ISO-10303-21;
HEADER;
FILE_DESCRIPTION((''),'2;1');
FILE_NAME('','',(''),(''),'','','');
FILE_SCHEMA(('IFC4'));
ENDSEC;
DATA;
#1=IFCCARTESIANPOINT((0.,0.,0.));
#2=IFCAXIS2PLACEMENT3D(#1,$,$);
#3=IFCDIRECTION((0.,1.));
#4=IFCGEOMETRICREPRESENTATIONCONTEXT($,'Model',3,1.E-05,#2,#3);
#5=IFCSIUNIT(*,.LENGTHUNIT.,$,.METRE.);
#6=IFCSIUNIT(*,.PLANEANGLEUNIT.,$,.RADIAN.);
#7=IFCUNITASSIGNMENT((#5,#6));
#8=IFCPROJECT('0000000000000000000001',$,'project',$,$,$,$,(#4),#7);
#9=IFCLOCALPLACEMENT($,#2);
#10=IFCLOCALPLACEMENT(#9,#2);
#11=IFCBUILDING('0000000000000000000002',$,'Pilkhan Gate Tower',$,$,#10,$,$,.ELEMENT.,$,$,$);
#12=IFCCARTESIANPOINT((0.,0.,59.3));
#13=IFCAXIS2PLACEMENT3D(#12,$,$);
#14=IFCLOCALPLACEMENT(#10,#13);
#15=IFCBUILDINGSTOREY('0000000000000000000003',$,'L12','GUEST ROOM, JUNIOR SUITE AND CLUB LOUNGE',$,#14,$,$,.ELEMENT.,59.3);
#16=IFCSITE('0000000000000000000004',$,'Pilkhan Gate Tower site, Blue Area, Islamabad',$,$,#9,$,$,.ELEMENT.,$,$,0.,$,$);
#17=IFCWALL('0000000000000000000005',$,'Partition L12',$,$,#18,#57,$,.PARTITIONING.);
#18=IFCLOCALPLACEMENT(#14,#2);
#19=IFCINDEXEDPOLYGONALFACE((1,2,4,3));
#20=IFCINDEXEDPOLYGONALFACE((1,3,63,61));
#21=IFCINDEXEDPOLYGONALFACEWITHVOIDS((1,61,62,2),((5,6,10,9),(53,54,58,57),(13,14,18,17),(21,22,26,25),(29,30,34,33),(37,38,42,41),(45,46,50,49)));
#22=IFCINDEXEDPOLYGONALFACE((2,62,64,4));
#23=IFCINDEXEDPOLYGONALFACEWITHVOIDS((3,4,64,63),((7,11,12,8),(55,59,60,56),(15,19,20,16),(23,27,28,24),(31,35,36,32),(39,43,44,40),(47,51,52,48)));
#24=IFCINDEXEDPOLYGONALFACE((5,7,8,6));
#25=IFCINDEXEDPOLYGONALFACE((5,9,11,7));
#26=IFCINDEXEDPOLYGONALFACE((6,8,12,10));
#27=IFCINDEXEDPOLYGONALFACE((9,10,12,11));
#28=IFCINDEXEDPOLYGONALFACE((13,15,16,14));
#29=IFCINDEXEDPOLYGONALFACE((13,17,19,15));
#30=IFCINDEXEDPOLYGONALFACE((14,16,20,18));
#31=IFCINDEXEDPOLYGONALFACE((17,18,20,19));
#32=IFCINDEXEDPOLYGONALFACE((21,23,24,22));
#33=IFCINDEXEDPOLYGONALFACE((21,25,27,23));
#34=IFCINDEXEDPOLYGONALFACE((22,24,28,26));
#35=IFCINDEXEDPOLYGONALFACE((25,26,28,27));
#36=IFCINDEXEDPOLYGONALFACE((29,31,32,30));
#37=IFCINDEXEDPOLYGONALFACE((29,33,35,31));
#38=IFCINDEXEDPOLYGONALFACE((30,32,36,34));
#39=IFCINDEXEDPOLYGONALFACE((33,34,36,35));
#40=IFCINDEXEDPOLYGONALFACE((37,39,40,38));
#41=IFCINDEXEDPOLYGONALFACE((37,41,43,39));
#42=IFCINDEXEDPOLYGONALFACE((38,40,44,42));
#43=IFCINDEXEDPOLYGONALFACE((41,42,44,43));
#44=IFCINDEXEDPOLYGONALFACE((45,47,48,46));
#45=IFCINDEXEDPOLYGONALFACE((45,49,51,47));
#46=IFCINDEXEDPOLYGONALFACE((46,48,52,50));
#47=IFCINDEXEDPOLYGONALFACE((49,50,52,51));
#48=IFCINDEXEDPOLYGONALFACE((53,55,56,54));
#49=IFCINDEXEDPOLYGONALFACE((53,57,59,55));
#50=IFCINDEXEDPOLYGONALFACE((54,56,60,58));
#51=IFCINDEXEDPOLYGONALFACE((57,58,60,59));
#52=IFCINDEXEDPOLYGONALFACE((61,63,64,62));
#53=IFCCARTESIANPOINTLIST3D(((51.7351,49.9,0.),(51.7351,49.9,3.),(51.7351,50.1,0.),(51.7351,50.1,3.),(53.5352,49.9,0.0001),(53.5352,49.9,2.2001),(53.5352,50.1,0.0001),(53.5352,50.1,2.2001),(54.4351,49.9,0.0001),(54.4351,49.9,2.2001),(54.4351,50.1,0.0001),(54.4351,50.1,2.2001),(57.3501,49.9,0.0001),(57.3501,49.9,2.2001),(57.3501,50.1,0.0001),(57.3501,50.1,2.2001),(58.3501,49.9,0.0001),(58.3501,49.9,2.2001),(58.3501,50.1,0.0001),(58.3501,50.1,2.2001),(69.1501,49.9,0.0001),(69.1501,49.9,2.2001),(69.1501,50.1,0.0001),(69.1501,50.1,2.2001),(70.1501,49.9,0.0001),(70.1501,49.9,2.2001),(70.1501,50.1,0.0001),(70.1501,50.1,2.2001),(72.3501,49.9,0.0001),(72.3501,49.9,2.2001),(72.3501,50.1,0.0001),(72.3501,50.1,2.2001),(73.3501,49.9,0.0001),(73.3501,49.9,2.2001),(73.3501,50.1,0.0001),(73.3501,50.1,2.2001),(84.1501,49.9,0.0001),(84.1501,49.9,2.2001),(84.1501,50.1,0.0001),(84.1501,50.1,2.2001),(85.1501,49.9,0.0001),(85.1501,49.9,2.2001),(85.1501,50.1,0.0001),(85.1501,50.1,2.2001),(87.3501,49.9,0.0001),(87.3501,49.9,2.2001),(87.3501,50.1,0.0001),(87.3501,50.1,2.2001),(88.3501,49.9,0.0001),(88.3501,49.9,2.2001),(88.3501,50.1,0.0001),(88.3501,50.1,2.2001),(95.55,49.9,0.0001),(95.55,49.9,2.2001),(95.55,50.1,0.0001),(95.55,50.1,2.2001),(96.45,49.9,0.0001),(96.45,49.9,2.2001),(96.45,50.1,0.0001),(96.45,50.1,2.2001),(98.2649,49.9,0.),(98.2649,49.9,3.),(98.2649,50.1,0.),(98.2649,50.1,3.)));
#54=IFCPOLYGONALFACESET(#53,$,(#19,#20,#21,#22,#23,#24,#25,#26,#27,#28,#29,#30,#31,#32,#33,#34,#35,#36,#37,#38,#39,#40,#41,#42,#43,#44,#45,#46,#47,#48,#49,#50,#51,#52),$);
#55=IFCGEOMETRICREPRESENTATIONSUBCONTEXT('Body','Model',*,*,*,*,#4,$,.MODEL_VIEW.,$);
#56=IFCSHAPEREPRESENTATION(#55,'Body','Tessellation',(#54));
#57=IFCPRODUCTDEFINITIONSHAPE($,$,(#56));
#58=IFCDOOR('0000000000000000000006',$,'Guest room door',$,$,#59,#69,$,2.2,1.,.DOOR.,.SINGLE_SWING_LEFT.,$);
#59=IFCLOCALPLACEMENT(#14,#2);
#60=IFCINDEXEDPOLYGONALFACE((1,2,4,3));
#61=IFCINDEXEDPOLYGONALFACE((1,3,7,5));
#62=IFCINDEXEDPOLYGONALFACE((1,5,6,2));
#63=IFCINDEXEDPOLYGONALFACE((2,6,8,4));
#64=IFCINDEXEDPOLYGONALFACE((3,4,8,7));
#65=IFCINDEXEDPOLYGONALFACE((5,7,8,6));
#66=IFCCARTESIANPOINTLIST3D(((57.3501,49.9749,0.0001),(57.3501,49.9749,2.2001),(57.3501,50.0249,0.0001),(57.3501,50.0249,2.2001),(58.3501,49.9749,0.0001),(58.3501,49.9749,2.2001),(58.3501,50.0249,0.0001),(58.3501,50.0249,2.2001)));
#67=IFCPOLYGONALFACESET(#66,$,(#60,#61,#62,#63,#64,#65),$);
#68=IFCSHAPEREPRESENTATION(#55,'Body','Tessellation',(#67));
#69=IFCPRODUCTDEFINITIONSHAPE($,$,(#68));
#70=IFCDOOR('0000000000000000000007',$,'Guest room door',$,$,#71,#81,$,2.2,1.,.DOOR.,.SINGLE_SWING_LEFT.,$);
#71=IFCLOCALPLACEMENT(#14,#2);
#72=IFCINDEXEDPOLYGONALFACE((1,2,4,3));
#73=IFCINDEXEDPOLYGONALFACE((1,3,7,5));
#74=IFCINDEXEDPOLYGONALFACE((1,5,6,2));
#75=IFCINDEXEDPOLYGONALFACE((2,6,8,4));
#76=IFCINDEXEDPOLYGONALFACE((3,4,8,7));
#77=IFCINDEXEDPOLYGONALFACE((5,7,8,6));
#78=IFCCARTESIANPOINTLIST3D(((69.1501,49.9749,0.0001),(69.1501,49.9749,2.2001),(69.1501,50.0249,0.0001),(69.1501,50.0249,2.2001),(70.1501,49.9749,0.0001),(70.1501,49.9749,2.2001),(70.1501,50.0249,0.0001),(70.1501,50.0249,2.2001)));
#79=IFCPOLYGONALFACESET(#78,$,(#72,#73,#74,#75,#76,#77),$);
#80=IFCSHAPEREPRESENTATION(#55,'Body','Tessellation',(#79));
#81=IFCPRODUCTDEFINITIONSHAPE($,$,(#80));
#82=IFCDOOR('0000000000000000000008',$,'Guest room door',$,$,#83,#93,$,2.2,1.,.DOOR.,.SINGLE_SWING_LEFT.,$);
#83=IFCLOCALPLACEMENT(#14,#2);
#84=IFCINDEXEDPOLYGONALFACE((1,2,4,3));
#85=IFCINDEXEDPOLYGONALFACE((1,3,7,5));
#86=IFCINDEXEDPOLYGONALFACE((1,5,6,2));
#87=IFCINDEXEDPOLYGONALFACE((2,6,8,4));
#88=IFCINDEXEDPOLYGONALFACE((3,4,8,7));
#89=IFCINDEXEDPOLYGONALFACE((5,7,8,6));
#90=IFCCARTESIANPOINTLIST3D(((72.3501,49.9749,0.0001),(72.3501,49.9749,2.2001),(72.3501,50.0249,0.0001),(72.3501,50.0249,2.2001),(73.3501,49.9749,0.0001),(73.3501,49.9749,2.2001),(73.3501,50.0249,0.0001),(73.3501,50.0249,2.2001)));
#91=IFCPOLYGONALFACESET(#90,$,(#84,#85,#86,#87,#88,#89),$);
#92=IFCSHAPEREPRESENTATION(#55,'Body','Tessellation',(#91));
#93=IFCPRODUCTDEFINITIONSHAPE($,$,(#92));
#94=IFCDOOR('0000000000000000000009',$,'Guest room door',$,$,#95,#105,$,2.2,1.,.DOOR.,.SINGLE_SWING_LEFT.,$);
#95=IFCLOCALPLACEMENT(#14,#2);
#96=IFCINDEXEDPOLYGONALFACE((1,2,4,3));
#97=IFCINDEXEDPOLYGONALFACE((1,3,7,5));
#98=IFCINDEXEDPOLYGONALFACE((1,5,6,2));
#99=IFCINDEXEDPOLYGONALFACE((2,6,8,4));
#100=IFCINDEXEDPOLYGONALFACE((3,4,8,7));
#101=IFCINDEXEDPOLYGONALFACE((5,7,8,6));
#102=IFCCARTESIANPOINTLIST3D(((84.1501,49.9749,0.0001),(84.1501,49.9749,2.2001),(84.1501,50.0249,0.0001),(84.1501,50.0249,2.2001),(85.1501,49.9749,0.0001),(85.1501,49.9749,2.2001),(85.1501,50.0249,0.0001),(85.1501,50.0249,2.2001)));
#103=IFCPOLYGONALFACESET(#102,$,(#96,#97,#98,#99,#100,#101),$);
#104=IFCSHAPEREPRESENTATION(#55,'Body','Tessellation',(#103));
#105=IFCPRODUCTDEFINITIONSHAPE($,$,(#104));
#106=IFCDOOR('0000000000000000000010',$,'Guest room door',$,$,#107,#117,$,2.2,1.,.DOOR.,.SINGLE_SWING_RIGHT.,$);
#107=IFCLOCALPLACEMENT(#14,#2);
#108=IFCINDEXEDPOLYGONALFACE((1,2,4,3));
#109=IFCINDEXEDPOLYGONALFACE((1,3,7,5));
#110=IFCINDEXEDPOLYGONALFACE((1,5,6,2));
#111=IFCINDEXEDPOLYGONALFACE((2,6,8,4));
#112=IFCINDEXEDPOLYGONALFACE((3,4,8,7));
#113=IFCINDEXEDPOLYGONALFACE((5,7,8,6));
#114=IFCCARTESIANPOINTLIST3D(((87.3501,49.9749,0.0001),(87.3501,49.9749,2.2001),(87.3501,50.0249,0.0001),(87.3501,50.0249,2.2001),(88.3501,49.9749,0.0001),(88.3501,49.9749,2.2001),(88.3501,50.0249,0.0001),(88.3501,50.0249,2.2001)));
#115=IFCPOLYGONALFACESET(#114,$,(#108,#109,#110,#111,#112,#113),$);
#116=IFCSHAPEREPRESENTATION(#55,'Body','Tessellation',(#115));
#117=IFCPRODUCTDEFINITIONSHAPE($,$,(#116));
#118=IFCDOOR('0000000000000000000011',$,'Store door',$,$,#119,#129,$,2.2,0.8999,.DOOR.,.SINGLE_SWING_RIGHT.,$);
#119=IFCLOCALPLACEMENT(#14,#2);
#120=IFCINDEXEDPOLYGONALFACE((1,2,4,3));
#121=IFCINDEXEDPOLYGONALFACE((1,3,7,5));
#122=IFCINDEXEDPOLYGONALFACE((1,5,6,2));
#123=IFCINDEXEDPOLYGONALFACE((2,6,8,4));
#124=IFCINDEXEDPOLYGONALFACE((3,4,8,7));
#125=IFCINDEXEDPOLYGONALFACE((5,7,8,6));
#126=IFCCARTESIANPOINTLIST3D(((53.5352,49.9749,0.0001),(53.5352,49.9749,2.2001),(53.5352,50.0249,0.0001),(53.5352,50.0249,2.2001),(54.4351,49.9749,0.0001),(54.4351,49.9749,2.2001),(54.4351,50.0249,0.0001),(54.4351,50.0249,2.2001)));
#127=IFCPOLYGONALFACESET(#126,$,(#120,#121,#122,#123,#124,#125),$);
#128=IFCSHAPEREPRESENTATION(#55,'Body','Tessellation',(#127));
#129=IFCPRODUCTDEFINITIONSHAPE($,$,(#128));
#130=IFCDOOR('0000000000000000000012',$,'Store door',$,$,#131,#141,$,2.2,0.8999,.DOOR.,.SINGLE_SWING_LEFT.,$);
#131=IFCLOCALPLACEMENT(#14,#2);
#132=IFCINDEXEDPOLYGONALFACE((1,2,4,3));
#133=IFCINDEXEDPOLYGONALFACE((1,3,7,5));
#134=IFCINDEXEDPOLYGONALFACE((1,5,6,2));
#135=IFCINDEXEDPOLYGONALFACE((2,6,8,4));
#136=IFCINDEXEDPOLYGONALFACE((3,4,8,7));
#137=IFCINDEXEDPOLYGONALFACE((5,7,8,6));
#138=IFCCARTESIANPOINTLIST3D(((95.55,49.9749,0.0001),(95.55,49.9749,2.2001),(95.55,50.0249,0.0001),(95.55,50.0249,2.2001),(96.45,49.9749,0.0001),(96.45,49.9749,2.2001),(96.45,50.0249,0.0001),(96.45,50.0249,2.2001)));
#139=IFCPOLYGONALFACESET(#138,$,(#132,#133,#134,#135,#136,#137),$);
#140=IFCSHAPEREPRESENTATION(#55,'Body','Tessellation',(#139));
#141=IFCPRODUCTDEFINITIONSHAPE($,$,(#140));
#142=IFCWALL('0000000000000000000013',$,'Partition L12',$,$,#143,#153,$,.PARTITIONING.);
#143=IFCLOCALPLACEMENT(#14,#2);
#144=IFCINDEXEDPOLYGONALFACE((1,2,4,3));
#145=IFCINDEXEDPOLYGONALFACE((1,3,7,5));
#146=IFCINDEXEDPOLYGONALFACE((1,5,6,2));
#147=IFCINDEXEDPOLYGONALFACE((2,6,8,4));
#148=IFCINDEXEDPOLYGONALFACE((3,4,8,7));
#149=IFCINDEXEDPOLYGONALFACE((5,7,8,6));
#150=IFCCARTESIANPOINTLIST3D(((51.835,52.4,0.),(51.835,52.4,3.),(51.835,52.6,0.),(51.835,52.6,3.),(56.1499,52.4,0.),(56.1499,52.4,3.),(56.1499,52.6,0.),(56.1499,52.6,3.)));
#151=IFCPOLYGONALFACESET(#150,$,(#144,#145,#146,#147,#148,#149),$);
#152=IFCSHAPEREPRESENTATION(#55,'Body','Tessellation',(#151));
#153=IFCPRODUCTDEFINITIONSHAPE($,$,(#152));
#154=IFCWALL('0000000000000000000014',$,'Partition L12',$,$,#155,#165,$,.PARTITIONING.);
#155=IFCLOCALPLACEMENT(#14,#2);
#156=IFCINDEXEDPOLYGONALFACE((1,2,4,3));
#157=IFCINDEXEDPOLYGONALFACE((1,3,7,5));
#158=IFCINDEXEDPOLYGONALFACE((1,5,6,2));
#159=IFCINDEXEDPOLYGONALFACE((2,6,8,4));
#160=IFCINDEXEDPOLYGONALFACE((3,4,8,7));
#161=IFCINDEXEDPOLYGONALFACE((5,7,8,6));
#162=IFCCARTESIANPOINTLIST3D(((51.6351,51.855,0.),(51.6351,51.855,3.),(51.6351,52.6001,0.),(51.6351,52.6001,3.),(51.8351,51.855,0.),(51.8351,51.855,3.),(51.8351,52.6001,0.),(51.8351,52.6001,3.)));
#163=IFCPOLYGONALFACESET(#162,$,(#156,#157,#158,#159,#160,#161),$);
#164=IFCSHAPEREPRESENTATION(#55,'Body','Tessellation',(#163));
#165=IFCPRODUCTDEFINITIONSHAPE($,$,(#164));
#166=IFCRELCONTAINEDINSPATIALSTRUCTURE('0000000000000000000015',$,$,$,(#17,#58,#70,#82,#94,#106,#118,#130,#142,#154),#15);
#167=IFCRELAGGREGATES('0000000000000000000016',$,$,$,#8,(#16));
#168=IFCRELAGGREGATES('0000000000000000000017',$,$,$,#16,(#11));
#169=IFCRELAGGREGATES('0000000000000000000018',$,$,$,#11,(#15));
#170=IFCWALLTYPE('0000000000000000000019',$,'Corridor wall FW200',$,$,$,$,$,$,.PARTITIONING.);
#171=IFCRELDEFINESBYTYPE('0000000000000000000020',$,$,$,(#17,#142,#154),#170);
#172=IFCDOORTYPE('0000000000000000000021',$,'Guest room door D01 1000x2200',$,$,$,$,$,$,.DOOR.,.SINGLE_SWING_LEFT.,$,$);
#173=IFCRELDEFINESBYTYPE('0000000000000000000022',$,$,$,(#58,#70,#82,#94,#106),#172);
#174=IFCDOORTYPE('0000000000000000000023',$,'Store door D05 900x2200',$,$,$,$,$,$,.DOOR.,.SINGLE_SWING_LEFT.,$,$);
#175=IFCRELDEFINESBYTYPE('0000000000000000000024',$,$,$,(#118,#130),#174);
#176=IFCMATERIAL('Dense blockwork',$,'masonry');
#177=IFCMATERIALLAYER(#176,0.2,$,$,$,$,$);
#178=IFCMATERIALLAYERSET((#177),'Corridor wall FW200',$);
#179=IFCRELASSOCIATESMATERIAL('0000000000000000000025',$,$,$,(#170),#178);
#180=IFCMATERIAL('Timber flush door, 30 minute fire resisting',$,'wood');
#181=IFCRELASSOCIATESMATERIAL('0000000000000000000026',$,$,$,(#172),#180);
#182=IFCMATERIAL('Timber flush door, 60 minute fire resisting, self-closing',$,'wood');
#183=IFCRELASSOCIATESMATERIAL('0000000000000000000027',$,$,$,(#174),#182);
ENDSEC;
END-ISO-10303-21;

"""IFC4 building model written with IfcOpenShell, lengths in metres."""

from ifc_helpers import new_model, si_unit, direction, frame, frame_2d, origin, place, context, subcontext, project, spatial, rectangle, extrude, material, layer, layer_set, type_object, element, fill, save


model = new_model("IFC4")

# Units and contexts
model_context = context("Model", 3, precision=1e-05, world=origin(), true_north=direction((0.0, 1.0)))
body_context = subcontext(model_context, "Body", "Model", "MODEL_VIEW")
ifc_project = project(units=[si_unit("LENGTHUNIT", "METRE"), si_unit("PLANEANGLEUNIT", "RADIAN")], contexts=[model_context])

# Site, building, storey
site_placement = place(None, origin())
site = spatial("IfcSite", under=ifc_project, at=site_placement, Name="Pilkhan Gate Tower site, Blue Area, Islamabad", CompositionType="ELEMENT", RefElevation=0.0)
building_placement = place(site_placement, origin())
building = spatial("IfcBuilding", under=site, at=building_placement, Name="Pilkhan Gate Tower", CompositionType="ELEMENT")
storey_placement = place(building_placement, frame((0.0, 0.0, 59.3)))
storey = spatial("IfcBuildingStorey", under=building, at=storey_placement, Name="L12", Description="GUEST ROOM, JUNIOR SUITE AND CLUB LOUNGE", CompositionType="ELEMENT", Elevation=59.3)

# Wall, openings, doors
ifc_material_1 = material(Name="Dense blockwork", Category="masonry")
ifc_layer_1 = layer(ifc_material_1, 0.2)
ifc_layer_set_1 = layer_set([ifc_layer_1], Name="Corridor wall FW200")
wall_type_1 = type_object("IfcWallType", Name="Corridor wall FW200", PredefinedType="PARTITIONING", material=ifc_layer_set_1)
wall_1_placement = place(storey_placement, frame((51.7351, 50.0, 0.0), z_axis=(0.0, 0.0, 1.0), x_axis=(1.0, 0.0, 0.0)))
wall_1 = element("IfcWall", 1, at=wall_1_placement, inside=storey, type_object=wall_type_1, Name="Partition L12", PredefinedType="PARTITIONING", context=body_context, shape_type="SweptSolid", body=[
    extrude(rectangle(XDim=46.5298, YDim=0.2, at=frame_2d((23.2649, 0.0))), origin(), (0.0, 0.0, 1.0), 3.0),
])
opening_1_placement = place(wall_1_placement, frame((5.615, 0.0, 0.0)))
opening_1 = element("IfcOpeningElement", 2, at=opening_1_placement, cuts=wall_1, PredefinedType="OPENING", context=body_context, shape_type="SweptSolid", body=[
    extrude(rectangle(XDim=1.0, YDim=2.2, at=frame_2d((0.5, 1.1001))), frame((0.0, 0.1099, 0.0), z_axis=(0.0, -1.0, 0.0), x_axis=(1.0, 0.0, 0.0)), (0.0, 0.0, 1.0), 0.22),
])
opening_2_placement = place(wall_1_placement, frame((17.415, 0.0, 0.0)))
opening_2 = element("IfcOpeningElement", 3, at=opening_2_placement, cuts=wall_1, PredefinedType="OPENING", context=body_context, shape_type="SweptSolid", body=[
    extrude(rectangle(XDim=1.0, YDim=2.2, at=frame_2d((0.5, 1.1001))), frame((0.0, 0.1099, 0.0), z_axis=(0.0, -1.0, 0.0), x_axis=(1.0, 0.0, 0.0)), (0.0, 0.0, 1.0), 0.22),
])
opening_3_placement = place(wall_1_placement, frame((20.615, 0.0, 0.0)))
opening_3 = element("IfcOpeningElement", 4, at=opening_3_placement, cuts=wall_1, PredefinedType="OPENING", context=body_context, shape_type="SweptSolid", body=[
    extrude(rectangle(XDim=1.0, YDim=2.2, at=frame_2d((0.5, 1.1001))), frame((0.0, 0.1099, 0.0), z_axis=(0.0, -1.0, 0.0), x_axis=(1.0, 0.0, 0.0)), (0.0, 0.0, 1.0), 0.22),
])
opening_4_placement = place(wall_1_placement, frame((32.415, 0.0, 0.0)))
opening_4 = element("IfcOpeningElement", 5, at=opening_4_placement, cuts=wall_1, PredefinedType="OPENING", context=body_context, shape_type="SweptSolid", body=[
    extrude(rectangle(XDim=1.0, YDim=2.2, at=frame_2d((0.5, 1.1001))), frame((0.0, 0.1099, 0.0), z_axis=(0.0, -1.0, 0.0), x_axis=(1.0, 0.0, 0.0)), (0.0, 0.0, 1.0), 0.22),
])
opening_5_placement = place(wall_1_placement, frame((35.615, 0.0, 0.0)))
opening_5 = element("IfcOpeningElement", 6, at=opening_5_placement, cuts=wall_1, PredefinedType="OPENING", context=body_context, shape_type="SweptSolid", body=[
    extrude(rectangle(XDim=1.0, YDim=2.2, at=frame_2d((0.5, 1.1001))), frame((0.0, 0.1099, 0.0), z_axis=(0.0, -1.0, 0.0), x_axis=(1.0, 0.0, 0.0)), (0.0, 0.0, 1.0), 0.22),
])
opening_6_placement = place(wall_1_placement, frame((1.8, 0.0, 0.0)))
opening_6 = element("IfcOpeningElement", 7, at=opening_6_placement, cuts=wall_1, PredefinedType="OPENING", context=body_context, shape_type="SweptSolid", body=[
    extrude(rectangle(XDim=0.8999, YDim=2.2, at=frame_2d((0.45, 1.1001))), frame((0.0, 0.1099, 0.0), z_axis=(0.0, -1.0, 0.0), x_axis=(1.0, 0.0, 0.0)), (0.0, 0.0, 1.0), 0.22),
])
opening_7_placement = place(wall_1_placement, frame((43.8149, 0.0, 0.0)))
opening_7 = element("IfcOpeningElement", 8, at=opening_7_placement, cuts=wall_1, PredefinedType="OPENING", context=body_context, shape_type="SweptSolid", body=[
    extrude(rectangle(XDim=0.8999, YDim=2.2, at=frame_2d((0.45, 1.1001))), frame((0.0, 0.1099, 0.0), z_axis=(0.0, -1.0, 0.0), x_axis=(1.0, 0.0, 0.0)), (0.0, 0.0, 1.0), 0.22),
])
ifc_material_2 = material(Name="Timber flush door, 30 minute fire resisting", Category="wood")
door_type_1 = type_object("IfcDoorType", Name="Guest room door D01 1000x2200", OperationType="SINGLE_SWING_LEFT", PredefinedType="DOOR", material=ifc_material_2)
door_1_placement = place(opening_1_placement, origin())
door_1 = element("IfcDoor", 9, at=door_1_placement, inside=storey, type_object=door_type_1, Name="Guest room door", OperationType="SINGLE_SWING_LEFT", OverallHeight=2.2, OverallWidth=1.0, PredefinedType="DOOR", context=body_context, shape_type="SweptSolid", body=[
    extrude(rectangle(XDim=1.0, YDim=2.2, at=frame_2d((0.5, 1.1001))), frame((0.0, 0.0249, 0.0), z_axis=(0.0, -1.0, 0.0), x_axis=(1.0, 0.0, 0.0)), (0.0, 0.0, 1.0), 0.05),
])
fill(opening_1, door_1)
door_2_placement = place(opening_2_placement, origin())
door_2 = element("IfcDoor", 10, at=door_2_placement, inside=storey, type_object=door_type_1, Name="Guest room door", OperationType="SINGLE_SWING_LEFT", OverallHeight=2.2, OverallWidth=1.0, PredefinedType="DOOR", context=body_context, shape_type="SweptSolid", body=[
    extrude(rectangle(XDim=1.0, YDim=2.2, at=frame_2d((0.5, 1.1001))), frame((0.0, 0.0249, 0.0), z_axis=(0.0, -1.0, 0.0), x_axis=(1.0, 0.0, 0.0)), (0.0, 0.0, 1.0), 0.05),
])
fill(opening_2, door_2)
door_3_placement = place(opening_3_placement, origin())
door_3 = element("IfcDoor", 11, at=door_3_placement, inside=storey, type_object=door_type_1, Name="Guest room door", OperationType="SINGLE_SWING_LEFT", OverallHeight=2.2, OverallWidth=1.0, PredefinedType="DOOR", context=body_context, shape_type="SweptSolid", body=[
    extrude(rectangle(XDim=1.0, YDim=2.2, at=frame_2d((0.5, 1.1001))), frame((0.0, 0.0249, 0.0), z_axis=(0.0, -1.0, 0.0), x_axis=(1.0, 0.0, 0.0)), (0.0, 0.0, 1.0), 0.05),
])
fill(opening_3, door_3)
door_4_placement = place(opening_4_placement, origin())
door_4 = element("IfcDoor", 12, at=door_4_placement, inside=storey, type_object=door_type_1, Name="Guest room door", OperationType="SINGLE_SWING_LEFT", OverallHeight=2.2, OverallWidth=1.0, PredefinedType="DOOR", context=body_context, shape_type="SweptSolid", body=[
    extrude(rectangle(XDim=1.0, YDim=2.2, at=frame_2d((0.5, 1.1001))), frame((0.0, 0.0249, 0.0), z_axis=(0.0, -1.0, 0.0), x_axis=(1.0, 0.0, 0.0)), (0.0, 0.0, 1.0), 0.05),
])
fill(opening_4, door_4)
door_5_placement = place(opening_5_placement, origin())
door_5 = element("IfcDoor", 13, at=door_5_placement, inside=storey, type_object=door_type_1, Name="Guest room door", OperationType="SINGLE_SWING_RIGHT", OverallHeight=2.2, OverallWidth=1.0, PredefinedType="DOOR", context=body_context, shape_type="SweptSolid", body=[
    extrude(rectangle(XDim=1.0, YDim=2.2, at=frame_2d((0.5, 1.1001))), frame((0.0, 0.0249, 0.0), z_axis=(0.0, -1.0, 0.0), x_axis=(1.0, 0.0, 0.0)), (0.0, 0.0, 1.0), 0.05),
])
fill(opening_5, door_5)
ifc_material_3 = material(Name="Timber flush door, 60 minute fire resisting, self-closing", Category="wood")
door_type_2 = type_object("IfcDoorType", Name="Store door D05 900x2200", OperationType="SINGLE_SWING_LEFT", PredefinedType="DOOR", material=ifc_material_3)
door_6_placement = place(opening_6_placement, origin())
door_6 = element("IfcDoor", 14, at=door_6_placement, inside=storey, type_object=door_type_2, Name="Store door", OperationType="SINGLE_SWING_RIGHT", OverallHeight=2.2, OverallWidth=0.8999, PredefinedType="DOOR", context=body_context, shape_type="SweptSolid", body=[
    extrude(rectangle(XDim=0.8999, YDim=2.2, at=frame_2d((0.45, 1.1001))), frame((0.0, 0.0249, 0.0), z_axis=(0.0, -1.0, 0.0), x_axis=(1.0, 0.0, 0.0)), (0.0, 0.0, 1.0), 0.05),
])
fill(opening_6, door_6)
door_7_placement = place(opening_7_placement, origin())
door_7 = element("IfcDoor", 15, at=door_7_placement, inside=storey, type_object=door_type_2, Name="Store door", OperationType="SINGLE_SWING_LEFT", OverallHeight=2.2, OverallWidth=0.8999, PredefinedType="DOOR", context=body_context, shape_type="SweptSolid", body=[
    extrude(rectangle(XDim=0.8999, YDim=2.2, at=frame_2d((0.45, 1.1001))), frame((0.0, 0.0249, 0.0), z_axis=(0.0, -1.0, 0.0), x_axis=(1.0, 0.0, 0.0)), (0.0, 0.0, 1.0), 0.05),
])
fill(opening_7, door_7)

# Walls
wall_2_placement = place(storey_placement, frame((51.835, 52.5, 0.0), z_axis=(0.0, 0.0, 1.0), x_axis=(1.0, 0.0, 0.0)))
element("IfcWall", 16, at=wall_2_placement, inside=storey, type_object=wall_type_1, Name="Partition L12", PredefinedType="PARTITIONING", context=body_context, shape_type="SweptSolid", body=[
    extrude(rectangle(XDim=4.3149, YDim=0.2, at=frame_2d((2.1575, 0.0))), origin(), (0.0, 0.0, 1.0), 3.0),
])
wall_3_placement = place(storey_placement, frame((51.7351, 51.855, 0.0), z_axis=(0.0, 0.0, 1.0), x_axis=(0.0, 1.0, 0.0)))
element("IfcWall", 17, at=wall_3_placement, inside=storey, type_object=wall_type_1, Name="Partition L12", PredefinedType="PARTITIONING", context=body_context, shape_type="SweptSolid", body=[
    extrude(rectangle(XDim=0.7451, YDim=0.2, at=frame_2d((0.3726, 0.0))), origin(), (0.0, 0.0, 1.0), 3.0),
])

save(model, "model.ifc")
